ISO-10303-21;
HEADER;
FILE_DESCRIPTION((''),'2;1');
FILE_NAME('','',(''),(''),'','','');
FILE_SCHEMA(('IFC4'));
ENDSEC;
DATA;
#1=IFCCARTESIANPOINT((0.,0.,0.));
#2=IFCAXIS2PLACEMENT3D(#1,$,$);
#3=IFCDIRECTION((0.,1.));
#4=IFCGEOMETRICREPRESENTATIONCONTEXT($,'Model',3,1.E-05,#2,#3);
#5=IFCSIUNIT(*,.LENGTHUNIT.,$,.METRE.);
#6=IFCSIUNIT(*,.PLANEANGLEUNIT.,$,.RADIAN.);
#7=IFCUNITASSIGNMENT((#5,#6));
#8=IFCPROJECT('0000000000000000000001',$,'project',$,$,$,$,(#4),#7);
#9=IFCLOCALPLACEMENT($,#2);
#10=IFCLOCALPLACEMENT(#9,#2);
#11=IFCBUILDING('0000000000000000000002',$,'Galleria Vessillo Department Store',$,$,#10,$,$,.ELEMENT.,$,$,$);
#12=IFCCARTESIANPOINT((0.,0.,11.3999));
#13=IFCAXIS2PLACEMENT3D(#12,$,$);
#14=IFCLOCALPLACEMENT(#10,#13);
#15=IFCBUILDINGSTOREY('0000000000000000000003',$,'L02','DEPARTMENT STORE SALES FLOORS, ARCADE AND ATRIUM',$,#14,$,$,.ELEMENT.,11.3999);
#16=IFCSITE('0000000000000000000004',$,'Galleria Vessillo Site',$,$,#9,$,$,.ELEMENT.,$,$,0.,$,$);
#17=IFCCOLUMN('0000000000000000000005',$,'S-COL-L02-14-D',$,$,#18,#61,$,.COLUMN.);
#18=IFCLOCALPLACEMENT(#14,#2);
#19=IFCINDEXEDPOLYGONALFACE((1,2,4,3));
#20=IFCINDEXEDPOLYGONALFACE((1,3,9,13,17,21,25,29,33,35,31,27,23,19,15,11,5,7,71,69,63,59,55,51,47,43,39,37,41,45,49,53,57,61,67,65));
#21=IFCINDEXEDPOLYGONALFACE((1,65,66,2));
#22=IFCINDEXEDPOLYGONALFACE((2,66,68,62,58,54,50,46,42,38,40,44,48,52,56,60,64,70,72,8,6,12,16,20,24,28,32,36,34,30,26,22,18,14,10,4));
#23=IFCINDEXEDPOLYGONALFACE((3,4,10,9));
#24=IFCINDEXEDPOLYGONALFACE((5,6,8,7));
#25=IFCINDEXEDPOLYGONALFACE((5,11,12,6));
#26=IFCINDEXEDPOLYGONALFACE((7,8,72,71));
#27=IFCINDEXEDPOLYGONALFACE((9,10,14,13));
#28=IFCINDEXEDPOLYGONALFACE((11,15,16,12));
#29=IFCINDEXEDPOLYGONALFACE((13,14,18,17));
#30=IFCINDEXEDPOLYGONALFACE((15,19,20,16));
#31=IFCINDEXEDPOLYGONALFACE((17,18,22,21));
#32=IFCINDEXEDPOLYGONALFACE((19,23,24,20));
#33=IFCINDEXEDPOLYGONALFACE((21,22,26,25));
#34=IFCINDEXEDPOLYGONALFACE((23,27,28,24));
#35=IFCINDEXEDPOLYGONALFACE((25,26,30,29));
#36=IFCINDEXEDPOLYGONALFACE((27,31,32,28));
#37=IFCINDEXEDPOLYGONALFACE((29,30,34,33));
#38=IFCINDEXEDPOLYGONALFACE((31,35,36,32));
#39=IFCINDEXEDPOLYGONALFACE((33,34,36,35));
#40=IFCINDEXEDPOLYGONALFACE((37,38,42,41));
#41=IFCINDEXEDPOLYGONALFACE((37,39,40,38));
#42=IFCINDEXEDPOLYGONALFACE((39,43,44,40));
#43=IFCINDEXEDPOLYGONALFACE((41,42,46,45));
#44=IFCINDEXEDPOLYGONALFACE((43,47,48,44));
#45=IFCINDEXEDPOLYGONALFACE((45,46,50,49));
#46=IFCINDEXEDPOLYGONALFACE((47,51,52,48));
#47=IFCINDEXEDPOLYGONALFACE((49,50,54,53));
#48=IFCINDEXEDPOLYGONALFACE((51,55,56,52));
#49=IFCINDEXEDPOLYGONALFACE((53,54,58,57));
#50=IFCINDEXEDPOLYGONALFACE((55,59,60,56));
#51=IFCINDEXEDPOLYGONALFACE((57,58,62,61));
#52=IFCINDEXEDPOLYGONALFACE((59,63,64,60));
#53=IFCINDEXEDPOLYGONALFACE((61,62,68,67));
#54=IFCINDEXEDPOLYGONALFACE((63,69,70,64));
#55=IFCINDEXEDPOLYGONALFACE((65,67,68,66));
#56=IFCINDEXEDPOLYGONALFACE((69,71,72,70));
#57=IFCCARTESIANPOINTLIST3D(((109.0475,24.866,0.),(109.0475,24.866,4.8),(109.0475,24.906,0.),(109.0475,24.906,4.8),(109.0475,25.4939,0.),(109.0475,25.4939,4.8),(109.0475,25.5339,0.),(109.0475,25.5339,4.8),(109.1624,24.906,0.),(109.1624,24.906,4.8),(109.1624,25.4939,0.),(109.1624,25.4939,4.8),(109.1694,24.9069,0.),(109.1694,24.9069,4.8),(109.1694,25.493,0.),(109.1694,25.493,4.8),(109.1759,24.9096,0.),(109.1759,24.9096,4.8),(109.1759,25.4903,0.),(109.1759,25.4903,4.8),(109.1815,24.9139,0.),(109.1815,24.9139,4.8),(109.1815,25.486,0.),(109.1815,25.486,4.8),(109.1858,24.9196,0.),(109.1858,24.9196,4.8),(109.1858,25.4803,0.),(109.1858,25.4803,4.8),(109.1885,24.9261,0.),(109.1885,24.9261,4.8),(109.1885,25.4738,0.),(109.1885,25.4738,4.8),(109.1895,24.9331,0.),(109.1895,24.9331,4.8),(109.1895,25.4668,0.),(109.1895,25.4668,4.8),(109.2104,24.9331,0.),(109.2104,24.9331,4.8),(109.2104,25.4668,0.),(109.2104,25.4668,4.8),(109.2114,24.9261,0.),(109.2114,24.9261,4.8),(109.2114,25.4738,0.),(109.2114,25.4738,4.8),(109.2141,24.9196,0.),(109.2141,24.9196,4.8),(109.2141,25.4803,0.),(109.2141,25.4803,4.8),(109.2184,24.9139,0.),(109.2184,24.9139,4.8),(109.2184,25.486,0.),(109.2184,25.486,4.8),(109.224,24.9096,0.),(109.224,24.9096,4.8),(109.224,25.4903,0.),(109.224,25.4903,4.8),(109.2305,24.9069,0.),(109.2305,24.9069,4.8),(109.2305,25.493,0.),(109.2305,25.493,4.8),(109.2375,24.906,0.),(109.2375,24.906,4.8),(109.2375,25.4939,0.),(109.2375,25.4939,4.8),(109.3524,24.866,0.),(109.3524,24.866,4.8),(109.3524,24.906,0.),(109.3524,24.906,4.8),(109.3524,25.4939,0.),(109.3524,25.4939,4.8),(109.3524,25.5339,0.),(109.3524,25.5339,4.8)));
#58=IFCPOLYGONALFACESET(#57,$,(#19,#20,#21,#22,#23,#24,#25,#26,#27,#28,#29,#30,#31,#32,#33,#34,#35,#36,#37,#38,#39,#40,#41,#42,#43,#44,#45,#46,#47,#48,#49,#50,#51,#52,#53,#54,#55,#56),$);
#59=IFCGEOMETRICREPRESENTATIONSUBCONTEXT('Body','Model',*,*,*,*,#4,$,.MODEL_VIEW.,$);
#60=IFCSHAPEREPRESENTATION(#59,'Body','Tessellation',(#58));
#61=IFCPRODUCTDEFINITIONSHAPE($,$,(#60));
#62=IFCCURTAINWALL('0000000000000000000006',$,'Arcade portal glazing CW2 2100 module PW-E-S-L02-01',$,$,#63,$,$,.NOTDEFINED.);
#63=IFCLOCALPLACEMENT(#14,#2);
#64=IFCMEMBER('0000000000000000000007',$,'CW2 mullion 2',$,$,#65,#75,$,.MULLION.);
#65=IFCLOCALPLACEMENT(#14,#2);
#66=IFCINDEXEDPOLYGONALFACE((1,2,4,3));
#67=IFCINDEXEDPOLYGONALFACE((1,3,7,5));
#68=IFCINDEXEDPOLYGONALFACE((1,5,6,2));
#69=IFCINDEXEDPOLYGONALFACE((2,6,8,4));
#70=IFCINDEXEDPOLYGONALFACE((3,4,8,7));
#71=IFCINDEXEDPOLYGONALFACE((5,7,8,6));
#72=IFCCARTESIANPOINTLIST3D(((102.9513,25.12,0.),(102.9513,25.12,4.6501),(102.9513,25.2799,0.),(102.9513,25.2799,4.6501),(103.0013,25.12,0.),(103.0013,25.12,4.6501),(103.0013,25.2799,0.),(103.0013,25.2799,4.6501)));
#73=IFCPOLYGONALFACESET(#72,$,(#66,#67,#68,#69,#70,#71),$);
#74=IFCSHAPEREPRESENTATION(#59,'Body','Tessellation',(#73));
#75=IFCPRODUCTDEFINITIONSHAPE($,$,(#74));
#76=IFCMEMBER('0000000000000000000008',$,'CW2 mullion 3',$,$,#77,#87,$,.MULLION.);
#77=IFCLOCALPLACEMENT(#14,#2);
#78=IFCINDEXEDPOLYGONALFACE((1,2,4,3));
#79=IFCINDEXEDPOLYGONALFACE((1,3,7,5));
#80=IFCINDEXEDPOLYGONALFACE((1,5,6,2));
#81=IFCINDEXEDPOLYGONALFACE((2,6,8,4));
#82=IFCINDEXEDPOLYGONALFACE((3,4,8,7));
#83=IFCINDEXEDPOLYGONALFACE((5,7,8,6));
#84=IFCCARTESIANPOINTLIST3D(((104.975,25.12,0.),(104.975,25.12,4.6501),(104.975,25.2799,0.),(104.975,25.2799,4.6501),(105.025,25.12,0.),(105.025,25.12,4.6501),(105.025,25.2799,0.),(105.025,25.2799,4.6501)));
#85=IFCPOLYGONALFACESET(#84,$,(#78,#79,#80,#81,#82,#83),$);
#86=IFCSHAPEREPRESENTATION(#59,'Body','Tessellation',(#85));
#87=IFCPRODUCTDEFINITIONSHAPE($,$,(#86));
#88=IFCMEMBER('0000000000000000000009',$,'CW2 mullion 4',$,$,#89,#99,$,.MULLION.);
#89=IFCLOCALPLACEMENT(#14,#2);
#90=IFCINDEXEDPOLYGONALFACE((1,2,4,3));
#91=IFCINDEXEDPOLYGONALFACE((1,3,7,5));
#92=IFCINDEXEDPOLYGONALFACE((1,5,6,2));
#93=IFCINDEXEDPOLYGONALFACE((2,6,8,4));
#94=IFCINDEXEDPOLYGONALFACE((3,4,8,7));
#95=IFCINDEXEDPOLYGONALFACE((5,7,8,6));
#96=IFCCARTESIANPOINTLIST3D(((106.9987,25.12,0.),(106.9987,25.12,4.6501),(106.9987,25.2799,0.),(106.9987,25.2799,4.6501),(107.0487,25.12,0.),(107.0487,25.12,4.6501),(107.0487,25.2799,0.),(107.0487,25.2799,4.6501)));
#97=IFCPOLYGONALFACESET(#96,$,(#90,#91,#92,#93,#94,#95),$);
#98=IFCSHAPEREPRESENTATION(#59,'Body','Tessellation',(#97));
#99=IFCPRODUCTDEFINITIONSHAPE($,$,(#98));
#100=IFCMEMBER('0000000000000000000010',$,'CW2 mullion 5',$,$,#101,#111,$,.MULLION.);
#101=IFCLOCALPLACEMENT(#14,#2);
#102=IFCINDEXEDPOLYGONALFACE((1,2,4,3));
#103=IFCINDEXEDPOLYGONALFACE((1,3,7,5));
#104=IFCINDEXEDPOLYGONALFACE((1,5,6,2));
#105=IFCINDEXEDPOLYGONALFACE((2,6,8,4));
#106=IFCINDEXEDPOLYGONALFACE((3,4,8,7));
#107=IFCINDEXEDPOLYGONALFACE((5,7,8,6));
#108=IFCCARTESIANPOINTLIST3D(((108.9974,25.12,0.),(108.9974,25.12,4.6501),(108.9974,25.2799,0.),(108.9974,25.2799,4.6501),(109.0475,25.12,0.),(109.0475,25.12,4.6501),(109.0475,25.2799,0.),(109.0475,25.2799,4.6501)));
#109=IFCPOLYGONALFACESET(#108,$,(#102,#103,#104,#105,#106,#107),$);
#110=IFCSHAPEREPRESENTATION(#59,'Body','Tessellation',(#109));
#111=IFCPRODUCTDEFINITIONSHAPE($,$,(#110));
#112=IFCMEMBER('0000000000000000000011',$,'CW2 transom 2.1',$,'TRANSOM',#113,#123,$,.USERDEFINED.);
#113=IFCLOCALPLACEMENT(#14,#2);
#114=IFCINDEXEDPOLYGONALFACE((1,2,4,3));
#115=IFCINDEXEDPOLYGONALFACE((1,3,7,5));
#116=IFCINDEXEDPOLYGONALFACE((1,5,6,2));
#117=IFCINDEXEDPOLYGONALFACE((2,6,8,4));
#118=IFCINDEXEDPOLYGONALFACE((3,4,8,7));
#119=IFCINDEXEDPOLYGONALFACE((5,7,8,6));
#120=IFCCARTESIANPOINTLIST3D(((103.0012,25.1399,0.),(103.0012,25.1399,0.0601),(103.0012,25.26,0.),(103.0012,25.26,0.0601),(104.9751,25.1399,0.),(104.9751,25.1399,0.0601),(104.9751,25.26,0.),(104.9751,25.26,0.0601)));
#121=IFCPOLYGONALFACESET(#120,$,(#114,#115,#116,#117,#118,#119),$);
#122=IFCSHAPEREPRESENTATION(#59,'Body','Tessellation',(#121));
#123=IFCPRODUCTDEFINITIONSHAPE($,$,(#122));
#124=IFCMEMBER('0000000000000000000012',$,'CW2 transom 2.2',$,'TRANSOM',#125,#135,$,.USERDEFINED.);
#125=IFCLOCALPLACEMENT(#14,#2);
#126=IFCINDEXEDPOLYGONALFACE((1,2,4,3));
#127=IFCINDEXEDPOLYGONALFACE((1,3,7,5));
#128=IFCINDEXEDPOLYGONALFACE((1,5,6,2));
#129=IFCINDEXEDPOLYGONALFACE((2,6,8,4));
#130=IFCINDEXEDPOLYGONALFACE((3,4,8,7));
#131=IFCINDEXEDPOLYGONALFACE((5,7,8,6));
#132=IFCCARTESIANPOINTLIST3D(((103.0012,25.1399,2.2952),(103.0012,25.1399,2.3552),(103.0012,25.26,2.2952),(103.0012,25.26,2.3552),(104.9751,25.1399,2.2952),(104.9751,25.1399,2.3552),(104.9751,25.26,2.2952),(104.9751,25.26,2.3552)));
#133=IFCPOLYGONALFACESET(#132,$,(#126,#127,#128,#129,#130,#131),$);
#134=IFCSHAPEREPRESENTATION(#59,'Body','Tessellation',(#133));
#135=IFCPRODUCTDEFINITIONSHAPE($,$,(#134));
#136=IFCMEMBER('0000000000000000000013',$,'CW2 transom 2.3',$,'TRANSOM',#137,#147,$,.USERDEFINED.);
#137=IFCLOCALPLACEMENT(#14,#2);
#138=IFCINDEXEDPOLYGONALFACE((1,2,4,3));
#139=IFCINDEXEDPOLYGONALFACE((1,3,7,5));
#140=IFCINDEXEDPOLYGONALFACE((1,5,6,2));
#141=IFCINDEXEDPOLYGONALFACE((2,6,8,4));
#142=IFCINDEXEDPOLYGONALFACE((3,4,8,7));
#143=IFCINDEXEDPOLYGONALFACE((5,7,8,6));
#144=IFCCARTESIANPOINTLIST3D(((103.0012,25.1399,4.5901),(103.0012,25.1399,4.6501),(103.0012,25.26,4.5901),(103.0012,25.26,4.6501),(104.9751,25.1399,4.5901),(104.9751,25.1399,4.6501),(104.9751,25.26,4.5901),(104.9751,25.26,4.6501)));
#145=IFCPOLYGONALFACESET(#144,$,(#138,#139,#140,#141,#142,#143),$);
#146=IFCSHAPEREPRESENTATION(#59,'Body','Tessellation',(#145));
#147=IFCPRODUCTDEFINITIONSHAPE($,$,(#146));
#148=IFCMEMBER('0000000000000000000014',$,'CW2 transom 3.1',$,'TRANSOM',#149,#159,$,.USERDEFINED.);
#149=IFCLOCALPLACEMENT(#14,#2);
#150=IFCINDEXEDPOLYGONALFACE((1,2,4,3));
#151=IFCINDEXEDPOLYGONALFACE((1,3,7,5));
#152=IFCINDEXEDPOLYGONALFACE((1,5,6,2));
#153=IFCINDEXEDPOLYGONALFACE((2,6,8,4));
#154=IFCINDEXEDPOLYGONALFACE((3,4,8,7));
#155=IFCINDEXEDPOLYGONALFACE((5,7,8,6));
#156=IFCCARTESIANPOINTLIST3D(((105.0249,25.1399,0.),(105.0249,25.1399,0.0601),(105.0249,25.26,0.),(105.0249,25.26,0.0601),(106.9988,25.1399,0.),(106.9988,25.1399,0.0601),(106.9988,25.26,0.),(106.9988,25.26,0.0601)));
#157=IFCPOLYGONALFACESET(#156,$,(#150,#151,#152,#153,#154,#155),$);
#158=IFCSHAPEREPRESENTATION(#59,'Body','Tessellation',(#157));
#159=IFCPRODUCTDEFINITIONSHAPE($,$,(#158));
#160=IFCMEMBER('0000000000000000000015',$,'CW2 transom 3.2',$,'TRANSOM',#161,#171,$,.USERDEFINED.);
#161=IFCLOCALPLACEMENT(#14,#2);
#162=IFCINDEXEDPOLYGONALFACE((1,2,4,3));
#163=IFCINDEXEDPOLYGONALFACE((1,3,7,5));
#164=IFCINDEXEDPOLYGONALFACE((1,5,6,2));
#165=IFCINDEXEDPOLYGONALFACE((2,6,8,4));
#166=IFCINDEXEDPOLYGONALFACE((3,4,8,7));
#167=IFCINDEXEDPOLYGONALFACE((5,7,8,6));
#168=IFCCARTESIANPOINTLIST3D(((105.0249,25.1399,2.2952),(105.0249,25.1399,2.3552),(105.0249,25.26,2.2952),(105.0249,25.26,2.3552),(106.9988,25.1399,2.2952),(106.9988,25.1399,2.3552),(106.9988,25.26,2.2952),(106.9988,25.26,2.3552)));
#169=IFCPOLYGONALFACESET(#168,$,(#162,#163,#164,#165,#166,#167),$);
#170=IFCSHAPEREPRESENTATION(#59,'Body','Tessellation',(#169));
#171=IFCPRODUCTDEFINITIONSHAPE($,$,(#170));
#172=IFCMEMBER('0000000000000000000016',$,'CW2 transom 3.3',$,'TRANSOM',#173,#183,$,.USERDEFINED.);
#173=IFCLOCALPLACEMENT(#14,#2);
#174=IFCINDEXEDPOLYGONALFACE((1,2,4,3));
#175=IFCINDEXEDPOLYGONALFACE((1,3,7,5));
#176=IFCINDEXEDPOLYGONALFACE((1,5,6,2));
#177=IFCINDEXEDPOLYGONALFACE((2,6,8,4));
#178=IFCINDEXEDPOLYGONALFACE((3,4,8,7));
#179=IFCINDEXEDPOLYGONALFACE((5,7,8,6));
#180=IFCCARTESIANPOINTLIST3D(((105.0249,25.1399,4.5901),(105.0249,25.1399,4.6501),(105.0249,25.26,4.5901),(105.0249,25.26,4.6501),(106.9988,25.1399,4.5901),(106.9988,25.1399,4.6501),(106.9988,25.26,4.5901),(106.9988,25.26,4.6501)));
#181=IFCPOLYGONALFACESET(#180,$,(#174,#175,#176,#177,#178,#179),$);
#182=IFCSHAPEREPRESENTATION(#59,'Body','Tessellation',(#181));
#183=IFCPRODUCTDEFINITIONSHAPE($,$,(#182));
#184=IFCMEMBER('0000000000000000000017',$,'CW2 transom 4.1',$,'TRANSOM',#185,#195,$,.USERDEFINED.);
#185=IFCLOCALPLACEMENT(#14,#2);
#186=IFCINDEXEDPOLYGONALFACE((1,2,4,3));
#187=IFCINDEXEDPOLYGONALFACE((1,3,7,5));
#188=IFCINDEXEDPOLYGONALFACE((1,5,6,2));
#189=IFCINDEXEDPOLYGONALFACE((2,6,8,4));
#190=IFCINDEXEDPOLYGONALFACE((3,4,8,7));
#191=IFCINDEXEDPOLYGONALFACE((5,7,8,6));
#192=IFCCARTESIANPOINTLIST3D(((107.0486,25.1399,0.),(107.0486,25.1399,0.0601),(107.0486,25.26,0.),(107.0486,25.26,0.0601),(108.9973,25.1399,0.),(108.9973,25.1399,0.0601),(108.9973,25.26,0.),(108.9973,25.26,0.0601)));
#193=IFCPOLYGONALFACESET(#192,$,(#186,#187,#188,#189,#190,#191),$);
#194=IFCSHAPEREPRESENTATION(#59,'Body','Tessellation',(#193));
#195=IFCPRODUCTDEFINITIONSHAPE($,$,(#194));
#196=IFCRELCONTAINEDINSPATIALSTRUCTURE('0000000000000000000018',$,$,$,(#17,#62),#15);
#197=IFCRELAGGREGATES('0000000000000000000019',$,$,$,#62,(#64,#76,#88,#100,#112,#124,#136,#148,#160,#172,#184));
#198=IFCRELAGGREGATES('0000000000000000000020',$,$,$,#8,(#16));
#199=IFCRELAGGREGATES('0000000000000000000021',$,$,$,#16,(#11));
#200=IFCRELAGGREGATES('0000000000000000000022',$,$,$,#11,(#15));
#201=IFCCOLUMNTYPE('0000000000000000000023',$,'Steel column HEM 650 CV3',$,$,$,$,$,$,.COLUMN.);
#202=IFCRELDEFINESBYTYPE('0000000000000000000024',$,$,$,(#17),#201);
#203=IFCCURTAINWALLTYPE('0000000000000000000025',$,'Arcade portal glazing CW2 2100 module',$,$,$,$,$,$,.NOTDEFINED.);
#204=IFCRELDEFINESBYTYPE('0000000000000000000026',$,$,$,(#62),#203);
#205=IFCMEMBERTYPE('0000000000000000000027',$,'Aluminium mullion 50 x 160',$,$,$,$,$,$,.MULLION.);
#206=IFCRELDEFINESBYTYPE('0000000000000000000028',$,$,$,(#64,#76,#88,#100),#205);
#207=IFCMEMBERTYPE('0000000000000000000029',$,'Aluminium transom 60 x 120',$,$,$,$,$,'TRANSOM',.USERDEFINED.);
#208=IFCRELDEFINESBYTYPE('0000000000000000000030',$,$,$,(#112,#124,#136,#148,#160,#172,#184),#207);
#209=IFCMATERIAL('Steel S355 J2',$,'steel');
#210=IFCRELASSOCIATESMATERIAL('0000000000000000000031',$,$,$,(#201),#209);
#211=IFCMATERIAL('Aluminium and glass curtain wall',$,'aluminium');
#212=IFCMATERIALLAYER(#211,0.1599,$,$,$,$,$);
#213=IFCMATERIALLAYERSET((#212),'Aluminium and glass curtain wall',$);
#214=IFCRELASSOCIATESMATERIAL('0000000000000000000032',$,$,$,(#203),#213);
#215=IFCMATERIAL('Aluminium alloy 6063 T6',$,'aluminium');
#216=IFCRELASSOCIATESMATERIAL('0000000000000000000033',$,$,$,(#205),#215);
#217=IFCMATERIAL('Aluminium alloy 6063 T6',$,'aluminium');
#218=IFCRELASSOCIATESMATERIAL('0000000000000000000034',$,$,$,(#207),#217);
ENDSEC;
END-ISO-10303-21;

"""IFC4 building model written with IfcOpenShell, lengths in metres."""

from ifc_helpers import new_model, si_unit, direction, frame, origin, origin_2d, place, context, subcontext, project, spatial, rectangle, i_section, extrude, material, layer, layer_set, material_profile, profile_set, type_object, element, aggregate, save


model = new_model("IFC4")

# Units and contexts
model_context = context("Model", 3, precision=1e-05, world=origin(), true_north=direction((0.0, 1.0)))
body_context = subcontext(model_context, "Body", "Model", "MODEL_VIEW")
ifc_project = project(units=[si_unit("LENGTHUNIT", "METRE"), si_unit("PLANEANGLEUNIT", "RADIAN")], contexts=[model_context])

# Site, building, storey
site_placement = place(None, origin())
site = spatial("IfcSite", under=ifc_project, at=site_placement, Name="Galleria Vessillo Site", CompositionType="ELEMENT", RefElevation=0.0)
building_placement = place(site_placement, origin())
building = spatial("IfcBuilding", under=site, at=building_placement, Name="Galleria Vessillo Department Store", CompositionType="ELEMENT")
storey_placement = place(building_placement, frame((0.0, 0.0, 11.3999)))
storey = spatial("IfcBuildingStorey", under=building, at=storey_placement, Name="L02", Description="DEPARTMENT STORE SALES FLOORS, ARCADE AND ATRIUM", CompositionType="ELEMENT", Elevation=11.3999)

# Column
ifc_material_1 = material(Name="Steel S355 J2", Category="steel")
ifc_material_profile_1 = material_profile(ifc_material_1, i_section(OverallWidth=0.3049, OverallDepth=0.668, WebThickness=0.021, FlangeThickness=0.04, FilletRadius=0.0271, at=origin_2d()), Name="HEM 650")
ifc_profile_set_1 = profile_set([ifc_material_profile_1], Name="Steel S355 J2")
column_type = type_object("IfcColumnType", Name="Steel column HEM 650 CV3", PredefinedType="COLUMN", material=ifc_profile_set_1)
column_placement = place(storey_placement, frame((109.2, 25.2, 0.0), z_axis=(0.0, 0.0, 1.0), x_axis=(1.0, 0.0, 0.0)))
element("IfcColumn", 1, at=column_placement, inside=storey, type_object=column_type, Name="S-COL-L02-14-D", PredefinedType="COLUMN", context=body_context, shape_type="SweptSolid", body=[
    extrude(i_section(OverallWidth=0.3049, OverallDepth=0.668, WebThickness=0.021, FlangeThickness=0.04, FilletRadius=0.0271, at=origin_2d()), origin(), (0.0, 0.0, 1.0), 4.8),
])

# Curtain wall, members
ifc_material_2 = material(Name="Aluminium and glass curtain wall", Category="aluminium")
ifc_layer_1 = layer(ifc_material_2, 0.1599)
ifc_layer_set_1 = layer_set([ifc_layer_1], Name="Aluminium and glass curtain wall")
curtain_wall_type = type_object("IfcCurtainWallType", Name="Arcade portal glazing CW2 2100 module", PredefinedType="NOTDEFINED", material=ifc_layer_set_1)
curtain_wall_placement = place(storey_placement, origin())
curtain_wall = element("IfcCurtainWall", 2, at=curtain_wall_placement, inside=storey, type_object=curtain_wall_type, Name="Arcade portal glazing CW2 2100 module PW-E-S-L02-01", PredefinedType="NOTDEFINED")
ifc_material_3 = material(Name="Aluminium alloy 6063 T6", Category="aluminium")
ifc_material_profile_2 = material_profile(ifc_material_3, rectangle(XDim=0.1599, YDim=0.05, at=origin_2d()), Name="AL 50x160")
ifc_profile_set_2 = profile_set([ifc_material_profile_2], Name="Aluminium alloy 6063 T6")
member_type_1 = type_object("IfcMemberType", Name="Aluminium mullion 50 x 160", PredefinedType="MULLION", material=ifc_profile_set_2)
member_1_placement = place(storey_placement, frame((102.9763, 25.2, 0.0), z_axis=(0.0, 0.0, 1.0), x_axis=(0.0, 1.0, 0.0)))
member_1 = element("IfcMember", 3, at=member_1_placement, type_object=member_type_1, Name="CW2 mullion 2", PredefinedType="MULLION", context=body_context, shape_type="SweptSolid", body=[
    extrude(rectangle(XDim=0.1599, YDim=0.05, at=origin_2d()), origin(), (0.0, 0.0, 1.0), 4.6501),
])
member_2_placement = place(storey_placement, frame((105.0, 25.2, 0.0), z_axis=(0.0, 0.0, 1.0), x_axis=(0.0, 1.0, 0.0)))
member_2 = element("IfcMember", 4, at=member_2_placement, type_object=member_type_1, Name="CW2 mullion 3", PredefinedType="MULLION", context=body_context, shape_type="SweptSolid", body=[
    extrude(rectangle(XDim=0.1599, YDim=0.05, at=origin_2d()), origin(), (0.0, 0.0, 1.0), 4.6501),
])
member_3_placement = place(storey_placement, frame((107.0237, 25.2, 0.0), z_axis=(0.0, 0.0, 1.0), x_axis=(0.0, 1.0, 0.0)))
member_3 = element("IfcMember", 5, at=member_3_placement, type_object=member_type_1, Name="CW2 mullion 4", PredefinedType="MULLION", context=body_context, shape_type="SweptSolid", body=[
    extrude(rectangle(XDim=0.1599, YDim=0.05, at=origin_2d()), origin(), (0.0, 0.0, 1.0), 4.6501),
])
member_4_placement = place(storey_placement, frame((109.0225, 25.2, 0.0), z_axis=(0.0, 0.0, 1.0), x_axis=(0.0, 1.0, 0.0)))
member_4 = element("IfcMember", 6, at=member_4_placement, type_object=member_type_1, Name="CW2 mullion 5", PredefinedType="MULLION", context=body_context, shape_type="SweptSolid", body=[
    extrude(rectangle(XDim=0.1599, YDim=0.05, at=origin_2d()), origin(), (0.0, 0.0, 1.0), 4.6501),
])
ifc_material_4 = material(Name="Aluminium alloy 6063 T6", Category="aluminium")
ifc_material_profile_3 = material_profile(ifc_material_4, rectangle(XDim=0.1201, YDim=0.0601, at=origin_2d()), Name="AL 60x120")
ifc_profile_set_3 = profile_set([ifc_material_profile_3], Name="Aluminium alloy 6063 T6")
member_type_2 = type_object("IfcMemberType", Name="Aluminium transom 60 x 120", ElementType="TRANSOM", PredefinedType="USERDEFINED", material=ifc_profile_set_3)
member_5_placement = place(storey_placement, frame((103.0012, 25.2, 0.03), z_axis=(1.0, 0.0, 0.0), x_axis=(0.0, 1.0, 0.0)))
member_5 = element("IfcMember", 7, at=member_5_placement, type_object=member_type_2, Name="CW2 transom 2.1", ObjectType="TRANSOM", PredefinedType="USERDEFINED", context=body_context, shape_type="SweptSolid", body=[
    extrude(rectangle(XDim=0.1201, YDim=0.0601, at=origin_2d()), origin(), (0.0, 0.0, 1.0), 1.9739),
])
member_6_placement = place(storey_placement, frame((103.0012, 25.2, 2.3252), z_axis=(1.0, 0.0, 0.0), x_axis=(0.0, 1.0, 0.0)))
member_6 = element("IfcMember", 8, at=member_6_placement, type_object=member_type_2, Name="CW2 transom 2.2", ObjectType="TRANSOM", PredefinedType="USERDEFINED", context=body_context, shape_type="SweptSolid", body=[
    extrude(rectangle(XDim=0.1201, YDim=0.0601, at=origin_2d()), origin(), (0.0, 0.0, 1.0), 1.9739),
])
member_7_placement = place(storey_placement, frame((103.0012, 25.2, 4.6201), z_axis=(1.0, 0.0, 0.0), x_axis=(0.0, 1.0, 0.0)))
member_7 = element("IfcMember", 9, at=member_7_placement, type_object=member_type_2, Name="CW2 transom 2.3", ObjectType="TRANSOM", PredefinedType="USERDEFINED", context=body_context, shape_type="SweptSolid", body=[
    extrude(rectangle(XDim=0.1201, YDim=0.0601, at=origin_2d()), origin(), (0.0, 0.0, 1.0), 1.9739),
])
member_8_placement = place(storey_placement, frame((105.0249, 25.2, 0.03), z_axis=(1.0, 0.0, 0.0), x_axis=(0.0, 1.0, 0.0)))
member_8 = element("IfcMember", 10, at=member_8_placement, type_object=member_type_2, Name="CW2 transom 3.1", ObjectType="TRANSOM", PredefinedType="USERDEFINED", context=body_context, shape_type="SweptSolid", body=[
    extrude(rectangle(XDim=0.1201, YDim=0.0601, at=origin_2d()), origin(), (0.0, 0.0, 1.0), 1.9739),
])
member_9_placement = place(storey_placement, frame((105.0249, 25.2, 2.3252), z_axis=(1.0, 0.0, 0.0), x_axis=(0.0, 1.0, 0.0)))
member_9 = element("IfcMember", 11, at=member_9_placement, type_object=member_type_2, Name="CW2 transom 3.2", ObjectType="TRANSOM", PredefinedType="USERDEFINED", context=body_context, shape_type="SweptSolid", body=[
    extrude(rectangle(XDim=0.1201, YDim=0.0601, at=origin_2d()), origin(), (0.0, 0.0, 1.0), 1.9739),
])
member_10_placement = place(storey_placement, frame((105.0249, 25.2, 4.6201), z_axis=(1.0, 0.0, 0.0), x_axis=(0.0, 1.0, 0.0)))
member_10 = element("IfcMember", 12, at=member_10_placement, type_object=member_type_2, Name="CW2 transom 3.3", ObjectType="TRANSOM", PredefinedType="USERDEFINED", context=body_context, shape_type="SweptSolid", body=[
    extrude(rectangle(XDim=0.1201, YDim=0.0601, at=origin_2d()), origin(), (0.0, 0.0, 1.0), 1.9739),
])
member_11_placement = place(storey_placement, frame((107.0486, 25.2, 0.03), z_axis=(1.0, 0.0, 0.0), x_axis=(0.0, 1.0, 0.0)))
member_11 = element("IfcMember", 13, at=member_11_placement, type_object=member_type_2, Name="CW2 transom 4.1", ObjectType="TRANSOM", PredefinedType="USERDEFINED", context=body_context, shape_type="SweptSolid", body=[
    extrude(rectangle(XDim=0.1201, YDim=0.0601, at=origin_2d()), origin(), (0.0, 0.0, 1.0), 1.9487),
])

aggregate(curtain_wall, [member_1, member_2, member_3, member_4, member_5, member_6, member_7, member_8, member_9, member_10, member_11])

save(model, "model.ifc")
